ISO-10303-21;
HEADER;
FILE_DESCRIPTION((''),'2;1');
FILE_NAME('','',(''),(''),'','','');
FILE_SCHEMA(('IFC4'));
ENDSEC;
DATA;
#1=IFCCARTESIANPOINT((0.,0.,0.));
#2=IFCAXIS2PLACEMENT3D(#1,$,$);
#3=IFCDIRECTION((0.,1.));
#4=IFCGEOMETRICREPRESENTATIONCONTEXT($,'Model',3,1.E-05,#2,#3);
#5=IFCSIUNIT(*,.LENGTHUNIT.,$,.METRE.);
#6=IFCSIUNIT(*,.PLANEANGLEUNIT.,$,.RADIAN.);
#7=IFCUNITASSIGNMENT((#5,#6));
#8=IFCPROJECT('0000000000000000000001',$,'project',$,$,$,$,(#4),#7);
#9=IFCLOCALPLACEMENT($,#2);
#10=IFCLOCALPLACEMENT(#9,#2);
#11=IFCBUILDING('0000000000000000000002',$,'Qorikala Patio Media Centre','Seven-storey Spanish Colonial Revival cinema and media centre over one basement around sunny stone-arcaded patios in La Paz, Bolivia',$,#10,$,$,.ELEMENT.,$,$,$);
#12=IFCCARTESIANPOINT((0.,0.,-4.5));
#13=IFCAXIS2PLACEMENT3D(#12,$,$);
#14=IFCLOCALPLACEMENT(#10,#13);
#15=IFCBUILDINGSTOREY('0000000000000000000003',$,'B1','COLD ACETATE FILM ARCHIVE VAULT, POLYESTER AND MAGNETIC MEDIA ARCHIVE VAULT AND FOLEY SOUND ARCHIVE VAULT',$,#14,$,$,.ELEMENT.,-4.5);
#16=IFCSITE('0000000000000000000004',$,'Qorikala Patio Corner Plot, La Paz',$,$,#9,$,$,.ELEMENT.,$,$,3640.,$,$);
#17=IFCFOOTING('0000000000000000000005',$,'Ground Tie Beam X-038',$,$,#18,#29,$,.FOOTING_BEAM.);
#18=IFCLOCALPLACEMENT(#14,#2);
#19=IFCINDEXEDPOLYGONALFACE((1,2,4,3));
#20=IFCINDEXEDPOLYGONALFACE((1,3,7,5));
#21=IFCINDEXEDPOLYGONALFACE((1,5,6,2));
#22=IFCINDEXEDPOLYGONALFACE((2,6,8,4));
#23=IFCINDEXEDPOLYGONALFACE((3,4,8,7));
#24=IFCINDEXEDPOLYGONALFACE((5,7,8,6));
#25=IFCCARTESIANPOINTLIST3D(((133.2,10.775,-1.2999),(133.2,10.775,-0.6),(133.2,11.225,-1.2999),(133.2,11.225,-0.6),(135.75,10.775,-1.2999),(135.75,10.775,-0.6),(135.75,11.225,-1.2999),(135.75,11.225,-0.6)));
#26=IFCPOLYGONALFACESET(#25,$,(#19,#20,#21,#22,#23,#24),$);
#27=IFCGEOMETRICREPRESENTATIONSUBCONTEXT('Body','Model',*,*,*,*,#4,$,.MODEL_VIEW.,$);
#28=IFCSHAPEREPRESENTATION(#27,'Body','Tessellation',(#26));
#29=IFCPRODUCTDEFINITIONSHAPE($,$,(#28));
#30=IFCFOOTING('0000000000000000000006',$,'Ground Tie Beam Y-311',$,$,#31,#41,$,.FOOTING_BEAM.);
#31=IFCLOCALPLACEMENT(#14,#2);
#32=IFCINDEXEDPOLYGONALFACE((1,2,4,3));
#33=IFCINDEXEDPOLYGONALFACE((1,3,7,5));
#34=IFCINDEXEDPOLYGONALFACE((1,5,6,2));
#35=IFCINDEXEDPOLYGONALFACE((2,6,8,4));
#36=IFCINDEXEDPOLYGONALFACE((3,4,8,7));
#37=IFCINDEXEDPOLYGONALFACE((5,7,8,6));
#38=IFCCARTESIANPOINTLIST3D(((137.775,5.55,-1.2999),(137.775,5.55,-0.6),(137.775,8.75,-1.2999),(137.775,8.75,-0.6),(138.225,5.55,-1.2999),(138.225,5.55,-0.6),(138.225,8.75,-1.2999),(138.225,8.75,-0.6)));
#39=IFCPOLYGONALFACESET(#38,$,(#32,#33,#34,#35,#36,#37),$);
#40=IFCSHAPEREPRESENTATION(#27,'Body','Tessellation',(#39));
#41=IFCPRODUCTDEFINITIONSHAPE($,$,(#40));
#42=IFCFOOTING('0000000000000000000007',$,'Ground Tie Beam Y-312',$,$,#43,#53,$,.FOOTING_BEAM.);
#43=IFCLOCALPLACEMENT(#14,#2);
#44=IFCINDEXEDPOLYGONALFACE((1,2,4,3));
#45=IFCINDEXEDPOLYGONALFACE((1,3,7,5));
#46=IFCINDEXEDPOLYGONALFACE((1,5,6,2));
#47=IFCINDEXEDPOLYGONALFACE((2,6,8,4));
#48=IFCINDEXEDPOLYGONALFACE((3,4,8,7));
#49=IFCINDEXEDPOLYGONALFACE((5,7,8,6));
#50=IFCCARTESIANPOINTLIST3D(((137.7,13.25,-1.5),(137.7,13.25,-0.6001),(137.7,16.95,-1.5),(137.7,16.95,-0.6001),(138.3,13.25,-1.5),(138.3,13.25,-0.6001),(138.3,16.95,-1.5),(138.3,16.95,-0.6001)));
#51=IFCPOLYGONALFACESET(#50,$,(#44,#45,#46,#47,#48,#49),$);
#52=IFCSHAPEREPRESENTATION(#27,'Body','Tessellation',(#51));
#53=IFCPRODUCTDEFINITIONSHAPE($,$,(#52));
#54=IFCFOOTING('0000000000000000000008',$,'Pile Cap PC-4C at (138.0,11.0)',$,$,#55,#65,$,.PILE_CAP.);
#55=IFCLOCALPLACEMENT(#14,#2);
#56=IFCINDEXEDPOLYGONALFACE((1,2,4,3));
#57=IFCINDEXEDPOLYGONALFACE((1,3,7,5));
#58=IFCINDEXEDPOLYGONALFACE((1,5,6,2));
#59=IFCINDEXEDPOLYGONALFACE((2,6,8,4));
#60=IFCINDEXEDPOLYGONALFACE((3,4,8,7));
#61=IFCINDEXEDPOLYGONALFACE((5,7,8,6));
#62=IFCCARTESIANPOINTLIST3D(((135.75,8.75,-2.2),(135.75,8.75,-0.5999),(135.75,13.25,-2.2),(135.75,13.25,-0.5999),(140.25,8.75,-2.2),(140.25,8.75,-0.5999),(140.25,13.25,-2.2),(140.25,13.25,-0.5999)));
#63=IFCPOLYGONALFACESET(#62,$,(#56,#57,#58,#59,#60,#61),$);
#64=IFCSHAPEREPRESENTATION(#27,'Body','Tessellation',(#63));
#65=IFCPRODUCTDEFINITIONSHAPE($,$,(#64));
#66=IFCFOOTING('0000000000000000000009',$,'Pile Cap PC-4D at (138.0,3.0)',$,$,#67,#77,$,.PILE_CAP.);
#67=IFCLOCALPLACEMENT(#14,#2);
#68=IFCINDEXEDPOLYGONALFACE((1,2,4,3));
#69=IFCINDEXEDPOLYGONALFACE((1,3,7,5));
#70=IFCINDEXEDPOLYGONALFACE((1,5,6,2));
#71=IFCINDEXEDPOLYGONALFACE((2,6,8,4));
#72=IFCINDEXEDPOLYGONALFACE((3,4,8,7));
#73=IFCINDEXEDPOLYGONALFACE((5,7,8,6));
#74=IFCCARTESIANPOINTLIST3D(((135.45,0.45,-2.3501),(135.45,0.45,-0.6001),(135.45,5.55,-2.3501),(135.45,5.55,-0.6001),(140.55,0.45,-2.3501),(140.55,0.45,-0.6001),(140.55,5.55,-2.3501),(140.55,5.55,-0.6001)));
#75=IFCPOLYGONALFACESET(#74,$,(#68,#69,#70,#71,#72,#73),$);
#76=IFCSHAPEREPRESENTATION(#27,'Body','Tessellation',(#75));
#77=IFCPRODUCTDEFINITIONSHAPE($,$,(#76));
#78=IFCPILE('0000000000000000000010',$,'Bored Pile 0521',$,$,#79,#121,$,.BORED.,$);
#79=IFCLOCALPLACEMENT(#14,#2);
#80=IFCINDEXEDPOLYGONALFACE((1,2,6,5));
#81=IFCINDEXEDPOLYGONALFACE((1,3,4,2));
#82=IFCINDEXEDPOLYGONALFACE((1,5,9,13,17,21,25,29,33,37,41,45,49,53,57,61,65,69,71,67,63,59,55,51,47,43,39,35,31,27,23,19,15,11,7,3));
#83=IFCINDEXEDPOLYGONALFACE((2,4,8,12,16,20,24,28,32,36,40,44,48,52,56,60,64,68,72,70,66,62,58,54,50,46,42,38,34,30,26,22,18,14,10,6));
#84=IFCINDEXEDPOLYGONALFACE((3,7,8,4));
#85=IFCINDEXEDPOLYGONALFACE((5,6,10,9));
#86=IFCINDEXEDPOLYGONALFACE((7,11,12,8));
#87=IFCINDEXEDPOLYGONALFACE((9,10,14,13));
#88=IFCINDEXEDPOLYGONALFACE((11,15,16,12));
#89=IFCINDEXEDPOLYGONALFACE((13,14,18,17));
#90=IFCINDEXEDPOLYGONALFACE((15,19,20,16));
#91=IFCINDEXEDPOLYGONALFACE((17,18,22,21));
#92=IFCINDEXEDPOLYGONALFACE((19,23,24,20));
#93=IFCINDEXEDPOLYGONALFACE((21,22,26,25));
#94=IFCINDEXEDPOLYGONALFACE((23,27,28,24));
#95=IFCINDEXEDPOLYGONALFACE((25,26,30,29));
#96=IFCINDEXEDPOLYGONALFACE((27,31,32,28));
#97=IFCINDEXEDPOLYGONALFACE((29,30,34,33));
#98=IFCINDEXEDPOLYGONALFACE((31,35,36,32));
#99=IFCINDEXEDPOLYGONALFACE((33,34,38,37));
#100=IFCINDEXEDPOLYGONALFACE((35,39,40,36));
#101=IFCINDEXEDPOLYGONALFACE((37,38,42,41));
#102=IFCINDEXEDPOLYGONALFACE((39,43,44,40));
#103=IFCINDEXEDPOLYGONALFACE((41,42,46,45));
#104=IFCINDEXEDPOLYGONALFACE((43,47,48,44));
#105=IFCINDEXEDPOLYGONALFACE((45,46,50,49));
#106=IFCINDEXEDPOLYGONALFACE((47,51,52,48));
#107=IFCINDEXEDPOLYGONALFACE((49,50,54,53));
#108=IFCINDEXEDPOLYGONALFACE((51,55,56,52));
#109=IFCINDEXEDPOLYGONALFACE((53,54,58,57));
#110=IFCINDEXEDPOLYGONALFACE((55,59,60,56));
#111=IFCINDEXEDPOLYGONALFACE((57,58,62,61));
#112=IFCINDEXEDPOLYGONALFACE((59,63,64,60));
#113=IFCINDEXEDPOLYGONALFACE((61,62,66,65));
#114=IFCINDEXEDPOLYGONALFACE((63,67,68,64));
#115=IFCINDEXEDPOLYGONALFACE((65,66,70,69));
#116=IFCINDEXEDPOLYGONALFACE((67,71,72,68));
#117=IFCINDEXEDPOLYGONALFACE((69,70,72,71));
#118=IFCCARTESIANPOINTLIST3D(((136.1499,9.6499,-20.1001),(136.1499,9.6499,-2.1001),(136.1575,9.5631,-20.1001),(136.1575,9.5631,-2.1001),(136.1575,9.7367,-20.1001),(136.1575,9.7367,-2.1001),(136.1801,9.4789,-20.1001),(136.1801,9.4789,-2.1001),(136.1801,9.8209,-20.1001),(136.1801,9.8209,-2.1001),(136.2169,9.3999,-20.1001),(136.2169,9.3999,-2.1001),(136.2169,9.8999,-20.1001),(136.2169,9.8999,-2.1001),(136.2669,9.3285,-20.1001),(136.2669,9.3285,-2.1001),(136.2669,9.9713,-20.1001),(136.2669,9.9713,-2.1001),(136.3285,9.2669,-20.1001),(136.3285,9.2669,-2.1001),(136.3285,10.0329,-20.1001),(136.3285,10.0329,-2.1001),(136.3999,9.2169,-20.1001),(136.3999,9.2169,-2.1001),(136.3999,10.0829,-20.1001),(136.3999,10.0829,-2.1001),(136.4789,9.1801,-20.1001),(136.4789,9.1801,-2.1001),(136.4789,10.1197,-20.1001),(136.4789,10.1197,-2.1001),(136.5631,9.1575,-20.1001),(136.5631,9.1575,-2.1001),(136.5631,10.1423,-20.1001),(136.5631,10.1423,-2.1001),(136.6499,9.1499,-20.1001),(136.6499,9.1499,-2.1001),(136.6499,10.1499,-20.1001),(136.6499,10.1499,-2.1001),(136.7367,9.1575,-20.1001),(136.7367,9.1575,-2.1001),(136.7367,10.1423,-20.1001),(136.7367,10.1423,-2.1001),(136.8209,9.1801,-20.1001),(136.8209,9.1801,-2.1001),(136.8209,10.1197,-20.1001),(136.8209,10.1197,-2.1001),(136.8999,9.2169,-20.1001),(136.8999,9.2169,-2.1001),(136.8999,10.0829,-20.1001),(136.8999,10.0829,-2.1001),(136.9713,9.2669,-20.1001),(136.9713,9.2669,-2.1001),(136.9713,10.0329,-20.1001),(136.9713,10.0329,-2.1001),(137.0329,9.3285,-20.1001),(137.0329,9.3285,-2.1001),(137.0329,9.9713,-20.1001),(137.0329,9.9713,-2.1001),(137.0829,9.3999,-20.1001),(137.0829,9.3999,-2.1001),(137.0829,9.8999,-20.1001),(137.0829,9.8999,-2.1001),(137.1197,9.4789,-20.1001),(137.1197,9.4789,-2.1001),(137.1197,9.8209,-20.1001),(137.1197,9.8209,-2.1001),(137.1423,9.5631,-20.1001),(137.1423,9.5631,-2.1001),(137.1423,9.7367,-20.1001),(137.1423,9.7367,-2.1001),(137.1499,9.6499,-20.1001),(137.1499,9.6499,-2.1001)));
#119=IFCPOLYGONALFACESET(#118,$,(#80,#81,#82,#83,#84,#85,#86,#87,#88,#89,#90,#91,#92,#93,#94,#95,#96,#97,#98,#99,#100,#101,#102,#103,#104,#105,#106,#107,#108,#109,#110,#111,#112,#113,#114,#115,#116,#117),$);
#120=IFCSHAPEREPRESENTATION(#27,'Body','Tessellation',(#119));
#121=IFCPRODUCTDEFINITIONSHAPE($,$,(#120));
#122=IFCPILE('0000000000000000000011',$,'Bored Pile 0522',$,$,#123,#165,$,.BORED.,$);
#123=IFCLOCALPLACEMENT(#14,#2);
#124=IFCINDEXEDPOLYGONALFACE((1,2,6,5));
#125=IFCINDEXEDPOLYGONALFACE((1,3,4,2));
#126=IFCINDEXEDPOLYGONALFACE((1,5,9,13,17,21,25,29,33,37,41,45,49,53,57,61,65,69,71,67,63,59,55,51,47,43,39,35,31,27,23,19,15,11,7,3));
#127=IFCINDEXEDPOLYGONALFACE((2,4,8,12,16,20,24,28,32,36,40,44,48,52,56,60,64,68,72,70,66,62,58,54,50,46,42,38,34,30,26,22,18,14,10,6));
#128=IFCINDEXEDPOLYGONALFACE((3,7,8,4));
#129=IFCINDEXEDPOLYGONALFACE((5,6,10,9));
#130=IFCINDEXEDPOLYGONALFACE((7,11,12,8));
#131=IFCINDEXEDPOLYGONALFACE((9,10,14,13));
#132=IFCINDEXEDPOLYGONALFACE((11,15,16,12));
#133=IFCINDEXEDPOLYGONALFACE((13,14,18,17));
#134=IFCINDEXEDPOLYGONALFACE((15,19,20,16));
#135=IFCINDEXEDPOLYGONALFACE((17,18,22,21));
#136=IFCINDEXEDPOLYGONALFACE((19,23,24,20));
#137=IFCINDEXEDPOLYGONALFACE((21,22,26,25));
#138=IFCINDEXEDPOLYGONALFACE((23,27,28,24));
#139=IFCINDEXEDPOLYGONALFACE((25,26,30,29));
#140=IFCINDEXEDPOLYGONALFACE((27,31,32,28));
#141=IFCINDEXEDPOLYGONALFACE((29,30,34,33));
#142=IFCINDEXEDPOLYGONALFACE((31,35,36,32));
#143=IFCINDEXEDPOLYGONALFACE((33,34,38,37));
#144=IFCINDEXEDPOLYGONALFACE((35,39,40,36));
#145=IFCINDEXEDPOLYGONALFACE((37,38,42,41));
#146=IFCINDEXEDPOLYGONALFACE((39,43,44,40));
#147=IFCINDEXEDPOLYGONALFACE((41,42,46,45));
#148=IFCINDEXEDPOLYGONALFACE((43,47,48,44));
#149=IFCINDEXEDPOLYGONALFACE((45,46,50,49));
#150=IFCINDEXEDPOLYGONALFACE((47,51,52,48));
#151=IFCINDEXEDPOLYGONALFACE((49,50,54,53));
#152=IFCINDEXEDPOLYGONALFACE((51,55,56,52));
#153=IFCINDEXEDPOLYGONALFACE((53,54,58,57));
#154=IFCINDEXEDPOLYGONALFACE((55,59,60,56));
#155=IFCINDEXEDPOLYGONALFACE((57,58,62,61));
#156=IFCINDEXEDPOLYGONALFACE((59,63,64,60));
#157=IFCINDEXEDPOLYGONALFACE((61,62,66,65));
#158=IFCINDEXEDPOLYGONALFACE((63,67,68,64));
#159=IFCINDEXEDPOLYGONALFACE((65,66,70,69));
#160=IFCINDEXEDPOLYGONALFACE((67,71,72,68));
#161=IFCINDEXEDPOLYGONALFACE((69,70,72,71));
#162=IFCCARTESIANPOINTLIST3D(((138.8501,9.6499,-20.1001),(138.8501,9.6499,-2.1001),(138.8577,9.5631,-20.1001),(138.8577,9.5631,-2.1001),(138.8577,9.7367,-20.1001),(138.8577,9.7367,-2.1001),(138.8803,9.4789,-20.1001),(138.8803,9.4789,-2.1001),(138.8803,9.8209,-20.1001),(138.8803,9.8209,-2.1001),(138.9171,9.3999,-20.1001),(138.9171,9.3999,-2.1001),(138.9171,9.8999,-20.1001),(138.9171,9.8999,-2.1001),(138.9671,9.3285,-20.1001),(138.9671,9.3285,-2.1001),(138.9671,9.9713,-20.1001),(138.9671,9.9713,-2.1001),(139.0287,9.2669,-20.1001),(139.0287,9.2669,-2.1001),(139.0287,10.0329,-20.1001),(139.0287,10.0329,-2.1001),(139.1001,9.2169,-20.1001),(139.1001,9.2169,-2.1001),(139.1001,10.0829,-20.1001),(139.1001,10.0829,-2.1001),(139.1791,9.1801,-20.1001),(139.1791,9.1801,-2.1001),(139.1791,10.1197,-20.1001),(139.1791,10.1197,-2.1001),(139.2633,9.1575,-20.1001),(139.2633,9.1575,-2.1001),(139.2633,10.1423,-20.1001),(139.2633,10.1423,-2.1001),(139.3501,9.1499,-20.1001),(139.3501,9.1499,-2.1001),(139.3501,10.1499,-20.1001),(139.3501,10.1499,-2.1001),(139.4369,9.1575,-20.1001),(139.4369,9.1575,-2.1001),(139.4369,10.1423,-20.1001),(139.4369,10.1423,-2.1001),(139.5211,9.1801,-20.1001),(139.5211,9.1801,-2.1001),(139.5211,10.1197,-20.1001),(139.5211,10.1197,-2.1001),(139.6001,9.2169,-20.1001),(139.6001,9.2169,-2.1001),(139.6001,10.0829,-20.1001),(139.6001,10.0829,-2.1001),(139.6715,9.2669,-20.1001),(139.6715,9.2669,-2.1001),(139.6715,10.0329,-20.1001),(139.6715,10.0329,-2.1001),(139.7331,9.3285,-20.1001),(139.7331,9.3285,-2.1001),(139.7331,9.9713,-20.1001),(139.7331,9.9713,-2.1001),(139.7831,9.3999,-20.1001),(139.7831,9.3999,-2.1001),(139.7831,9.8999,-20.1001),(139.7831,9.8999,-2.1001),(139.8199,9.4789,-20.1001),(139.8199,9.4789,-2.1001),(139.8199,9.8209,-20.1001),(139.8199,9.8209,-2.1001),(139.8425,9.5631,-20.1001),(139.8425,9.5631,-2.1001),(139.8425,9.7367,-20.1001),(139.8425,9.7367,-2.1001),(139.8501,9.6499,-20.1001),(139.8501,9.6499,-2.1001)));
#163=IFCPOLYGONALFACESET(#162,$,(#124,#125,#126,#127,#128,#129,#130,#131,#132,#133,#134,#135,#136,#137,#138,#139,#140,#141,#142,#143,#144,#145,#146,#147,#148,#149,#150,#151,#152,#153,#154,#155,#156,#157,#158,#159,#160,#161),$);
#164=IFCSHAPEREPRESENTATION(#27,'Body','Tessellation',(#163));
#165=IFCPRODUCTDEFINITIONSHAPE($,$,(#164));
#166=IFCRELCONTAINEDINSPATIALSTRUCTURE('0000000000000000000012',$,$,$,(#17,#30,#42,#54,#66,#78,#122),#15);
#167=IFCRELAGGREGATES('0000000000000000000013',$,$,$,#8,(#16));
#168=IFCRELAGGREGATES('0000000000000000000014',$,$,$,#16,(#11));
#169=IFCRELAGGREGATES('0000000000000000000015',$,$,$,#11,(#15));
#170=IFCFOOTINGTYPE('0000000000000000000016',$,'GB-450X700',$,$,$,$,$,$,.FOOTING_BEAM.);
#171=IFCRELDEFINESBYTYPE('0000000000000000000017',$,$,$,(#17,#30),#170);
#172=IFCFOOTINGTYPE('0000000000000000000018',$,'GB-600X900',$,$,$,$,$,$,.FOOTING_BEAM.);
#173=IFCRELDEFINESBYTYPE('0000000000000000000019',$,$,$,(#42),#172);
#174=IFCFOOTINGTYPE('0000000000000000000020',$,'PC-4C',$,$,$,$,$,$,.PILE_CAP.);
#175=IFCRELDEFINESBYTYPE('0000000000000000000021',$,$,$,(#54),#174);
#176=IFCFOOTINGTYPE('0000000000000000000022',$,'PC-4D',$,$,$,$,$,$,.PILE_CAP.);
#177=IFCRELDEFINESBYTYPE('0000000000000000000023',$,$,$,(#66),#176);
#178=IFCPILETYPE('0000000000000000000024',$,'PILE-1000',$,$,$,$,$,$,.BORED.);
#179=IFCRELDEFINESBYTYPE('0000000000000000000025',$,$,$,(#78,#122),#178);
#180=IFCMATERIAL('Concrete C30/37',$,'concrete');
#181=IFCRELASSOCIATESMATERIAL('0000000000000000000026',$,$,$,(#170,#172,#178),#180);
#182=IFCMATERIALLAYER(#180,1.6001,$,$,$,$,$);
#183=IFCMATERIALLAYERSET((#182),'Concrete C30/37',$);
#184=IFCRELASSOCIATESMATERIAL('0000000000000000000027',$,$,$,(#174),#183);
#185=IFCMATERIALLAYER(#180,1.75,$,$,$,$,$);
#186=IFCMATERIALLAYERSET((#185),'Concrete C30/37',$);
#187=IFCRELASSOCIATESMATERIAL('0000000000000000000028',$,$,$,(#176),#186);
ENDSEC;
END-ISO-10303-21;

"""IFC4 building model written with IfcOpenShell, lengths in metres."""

from ifc_helpers import new_model, si_unit, direction, frame, origin, origin_2d, place, context, subcontext, project, spatial, rectangle, circle, extrude, material, layer, layer_set, material_profile, profile_set, type_object, element, save


model = new_model("IFC4")

# Units and contexts
model_context = context("Model", 3, precision=1e-05, world=origin(), true_north=direction((0.0, 1.0)))
body_context = subcontext(model_context, "Body", "Model", "MODEL_VIEW")
ifc_project = project(units=[si_unit("LENGTHUNIT", "METRE"), si_unit("PLANEANGLEUNIT", "RADIAN")], contexts=[model_context])

# Site, building, storey
site_placement = place(None, origin())
site = spatial("IfcSite", under=ifc_project, at=site_placement, Name="Qorikala Patio Corner Plot, La Paz", CompositionType="ELEMENT", RefElevation=3640.0)
building_placement = place(site_placement, origin())
building = spatial("IfcBuilding", under=site, at=building_placement, Name="Qorikala Patio Media Centre", Description="Seven-storey Spanish Colonial Revival cinema and media centre over one basement around sunny stone-arcaded patios in La Paz, Bolivia", CompositionType="ELEMENT")
storey_placement = place(building_placement, frame((0.0, 0.0, -4.5)))
storey = spatial("IfcBuildingStorey", under=building, at=storey_placement, Name="B1", Description="COLD ACETATE FILM ARCHIVE VAULT, POLYESTER AND MAGNETIC MEDIA ARCHIVE VAULT AND FOLEY SOUND ARCHIVE VAULT", CompositionType="ELEMENT", Elevation=-4.5)

# Footings
ifc_material_1 = material(Name="Concrete C30/37", Category="concrete")
ifc_material_profile_1 = material_profile(ifc_material_1, rectangle(XDim=0.45, YDim=0.7, at=origin_2d()), Name="RC 450x700")
ifc_profile_set_1 = profile_set([ifc_material_profile_1], Name="Concrete C30/37")
footing_type_1 = type_object("IfcFootingType", Name="GB-450X700", PredefinedType="FOOTING_BEAM", material=ifc_profile_set_1)
footing_1_placement = place(storey_placement, frame((133.2, 11.0, -0.95), z_axis=(1.0, 0.0, 0.0), x_axis=(0.0, 1.0, 0.0)))
element("IfcFooting", 1, at=footing_1_placement, inside=storey, type_object=footing_type_1, Name="Ground Tie Beam X-038", PredefinedType="FOOTING_BEAM", context=body_context, shape_type="SweptSolid", body=[
    extrude(rectangle(XDim=0.45, YDim=0.7, at=origin_2d()), origin(), (0.0, 0.0, 1.0), 2.55),
])
footing_2_placement = place(storey_placement, frame((138.0, 5.55, -0.95), z_axis=(0.0, 1.0, 0.0), x_axis=(-1.0, 0.0, 0.0)))
element("IfcFooting", 2, at=footing_2_placement, inside=storey, type_object=footing_type_1, Name="Ground Tie Beam Y-311", PredefinedType="FOOTING_BEAM", context=body_context, shape_type="SweptSolid", body=[
    extrude(rectangle(XDim=0.45, YDim=0.7, at=origin_2d()), origin(), (0.0, 0.0, 1.0), 3.2),
])
ifc_material_profile_2 = material_profile(ifc_material_1, rectangle(XDim=0.6001, YDim=0.8999, at=origin_2d()), Name="RC 600x900")
ifc_profile_set_2 = profile_set([ifc_material_profile_2], Name="Concrete C30/37")
footing_type_2 = type_object("IfcFootingType", Name="GB-600X900", PredefinedType="FOOTING_BEAM", material=ifc_profile_set_2)
footing_3_placement = place(storey_placement, frame((138.0, 13.25, -1.05), z_axis=(0.0, 1.0, 0.0), x_axis=(-1.0, 0.0, 0.0)))
element("IfcFooting", 3, at=footing_3_placement, inside=storey, type_object=footing_type_2, Name="Ground Tie Beam Y-312", PredefinedType="FOOTING_BEAM", context=body_context, shape_type="SweptSolid", body=[
    extrude(rectangle(XDim=0.6001, YDim=0.8999, at=origin_2d()), origin(), (0.0, 0.0, 1.0), 3.7),
])
ifc_layer_1 = layer(ifc_material_1, 1.6001)
ifc_layer_set_1 = layer_set([ifc_layer_1], Name="Concrete C30/37")
footing_type_3 = type_object("IfcFootingType", Name="PC-4C", PredefinedType="PILE_CAP", material=ifc_layer_set_1)
footing_4_placement = place(storey_placement, frame((138.0, 11.0, -2.2), z_axis=(0.0, 0.0, 1.0), x_axis=(1.0, 0.0, 0.0)))
element("IfcFooting", 4, at=footing_4_placement, inside=storey, type_object=footing_type_3, Name="Pile Cap PC-4C at (138.0,11.0)", PredefinedType="PILE_CAP", context=body_context, shape_type="SweptSolid", body=[
    extrude(rectangle(XDim=4.5, YDim=4.5, at=origin_2d()), origin(), (0.0, 0.0, 1.0), 1.6001),
])
ifc_layer_2 = layer(ifc_material_1, 1.75)
ifc_layer_set_2 = layer_set([ifc_layer_2], Name="Concrete C30/37")
footing_type_4 = type_object("IfcFootingType", Name="PC-4D", PredefinedType="PILE_CAP", material=ifc_layer_set_2)
footing_5_placement = place(storey_placement, frame((138.0, 3.0, -2.3501), z_axis=(0.0, 0.0, 1.0), x_axis=(1.0, 0.0, 0.0)))
element("IfcFooting", 5, at=footing_5_placement, inside=storey, type_object=footing_type_4, Name="Pile Cap PC-4D at (138.0,3.0)", PredefinedType="PILE_CAP", context=body_context, shape_type="SweptSolid", body=[
    extrude(rectangle(XDim=5.1001, YDim=5.1001, at=origin_2d()), origin(), (0.0, 0.0, 1.0), 1.75),
])

# Piles
ifc_material_profile_3 = material_profile(ifc_material_1, circle(Radius=0.5, at=origin_2d()), Name="BORED PILE 1000")
ifc_profile_set_3 = profile_set([ifc_material_profile_3], Name="Concrete C30/37")
pile_type_1 = type_object("IfcPileType", Name="PILE-1000", PredefinedType="BORED", material=ifc_profile_set_3)
for number, where, z_axis, x_axis, name in (
    (6, (136.6499, 9.6499, -2.1001), (0.0, 0.0, -1.0), (1.0, 0.0, 0.0), "Bored Pile 0521"),
    (7, (139.3501, 9.6499, -2.1001), (0.0, 0.0, -1.0), (1.0, 0.0, 0.0), "Bored Pile 0522"),
):
    element("IfcPile", number, at=place(storey_placement, frame(where, z_axis=z_axis, x_axis=x_axis)), inside=storey, type_object=pile_type_1, Name=name, PredefinedType="BORED", context=body_context, shape_type="SweptSolid", body=[
        extrude(circle(Radius=0.5, at=origin_2d()), origin(), (0.0, 0.0, 1.0), 18.0),
    ])

save(model, "model.ifc")
